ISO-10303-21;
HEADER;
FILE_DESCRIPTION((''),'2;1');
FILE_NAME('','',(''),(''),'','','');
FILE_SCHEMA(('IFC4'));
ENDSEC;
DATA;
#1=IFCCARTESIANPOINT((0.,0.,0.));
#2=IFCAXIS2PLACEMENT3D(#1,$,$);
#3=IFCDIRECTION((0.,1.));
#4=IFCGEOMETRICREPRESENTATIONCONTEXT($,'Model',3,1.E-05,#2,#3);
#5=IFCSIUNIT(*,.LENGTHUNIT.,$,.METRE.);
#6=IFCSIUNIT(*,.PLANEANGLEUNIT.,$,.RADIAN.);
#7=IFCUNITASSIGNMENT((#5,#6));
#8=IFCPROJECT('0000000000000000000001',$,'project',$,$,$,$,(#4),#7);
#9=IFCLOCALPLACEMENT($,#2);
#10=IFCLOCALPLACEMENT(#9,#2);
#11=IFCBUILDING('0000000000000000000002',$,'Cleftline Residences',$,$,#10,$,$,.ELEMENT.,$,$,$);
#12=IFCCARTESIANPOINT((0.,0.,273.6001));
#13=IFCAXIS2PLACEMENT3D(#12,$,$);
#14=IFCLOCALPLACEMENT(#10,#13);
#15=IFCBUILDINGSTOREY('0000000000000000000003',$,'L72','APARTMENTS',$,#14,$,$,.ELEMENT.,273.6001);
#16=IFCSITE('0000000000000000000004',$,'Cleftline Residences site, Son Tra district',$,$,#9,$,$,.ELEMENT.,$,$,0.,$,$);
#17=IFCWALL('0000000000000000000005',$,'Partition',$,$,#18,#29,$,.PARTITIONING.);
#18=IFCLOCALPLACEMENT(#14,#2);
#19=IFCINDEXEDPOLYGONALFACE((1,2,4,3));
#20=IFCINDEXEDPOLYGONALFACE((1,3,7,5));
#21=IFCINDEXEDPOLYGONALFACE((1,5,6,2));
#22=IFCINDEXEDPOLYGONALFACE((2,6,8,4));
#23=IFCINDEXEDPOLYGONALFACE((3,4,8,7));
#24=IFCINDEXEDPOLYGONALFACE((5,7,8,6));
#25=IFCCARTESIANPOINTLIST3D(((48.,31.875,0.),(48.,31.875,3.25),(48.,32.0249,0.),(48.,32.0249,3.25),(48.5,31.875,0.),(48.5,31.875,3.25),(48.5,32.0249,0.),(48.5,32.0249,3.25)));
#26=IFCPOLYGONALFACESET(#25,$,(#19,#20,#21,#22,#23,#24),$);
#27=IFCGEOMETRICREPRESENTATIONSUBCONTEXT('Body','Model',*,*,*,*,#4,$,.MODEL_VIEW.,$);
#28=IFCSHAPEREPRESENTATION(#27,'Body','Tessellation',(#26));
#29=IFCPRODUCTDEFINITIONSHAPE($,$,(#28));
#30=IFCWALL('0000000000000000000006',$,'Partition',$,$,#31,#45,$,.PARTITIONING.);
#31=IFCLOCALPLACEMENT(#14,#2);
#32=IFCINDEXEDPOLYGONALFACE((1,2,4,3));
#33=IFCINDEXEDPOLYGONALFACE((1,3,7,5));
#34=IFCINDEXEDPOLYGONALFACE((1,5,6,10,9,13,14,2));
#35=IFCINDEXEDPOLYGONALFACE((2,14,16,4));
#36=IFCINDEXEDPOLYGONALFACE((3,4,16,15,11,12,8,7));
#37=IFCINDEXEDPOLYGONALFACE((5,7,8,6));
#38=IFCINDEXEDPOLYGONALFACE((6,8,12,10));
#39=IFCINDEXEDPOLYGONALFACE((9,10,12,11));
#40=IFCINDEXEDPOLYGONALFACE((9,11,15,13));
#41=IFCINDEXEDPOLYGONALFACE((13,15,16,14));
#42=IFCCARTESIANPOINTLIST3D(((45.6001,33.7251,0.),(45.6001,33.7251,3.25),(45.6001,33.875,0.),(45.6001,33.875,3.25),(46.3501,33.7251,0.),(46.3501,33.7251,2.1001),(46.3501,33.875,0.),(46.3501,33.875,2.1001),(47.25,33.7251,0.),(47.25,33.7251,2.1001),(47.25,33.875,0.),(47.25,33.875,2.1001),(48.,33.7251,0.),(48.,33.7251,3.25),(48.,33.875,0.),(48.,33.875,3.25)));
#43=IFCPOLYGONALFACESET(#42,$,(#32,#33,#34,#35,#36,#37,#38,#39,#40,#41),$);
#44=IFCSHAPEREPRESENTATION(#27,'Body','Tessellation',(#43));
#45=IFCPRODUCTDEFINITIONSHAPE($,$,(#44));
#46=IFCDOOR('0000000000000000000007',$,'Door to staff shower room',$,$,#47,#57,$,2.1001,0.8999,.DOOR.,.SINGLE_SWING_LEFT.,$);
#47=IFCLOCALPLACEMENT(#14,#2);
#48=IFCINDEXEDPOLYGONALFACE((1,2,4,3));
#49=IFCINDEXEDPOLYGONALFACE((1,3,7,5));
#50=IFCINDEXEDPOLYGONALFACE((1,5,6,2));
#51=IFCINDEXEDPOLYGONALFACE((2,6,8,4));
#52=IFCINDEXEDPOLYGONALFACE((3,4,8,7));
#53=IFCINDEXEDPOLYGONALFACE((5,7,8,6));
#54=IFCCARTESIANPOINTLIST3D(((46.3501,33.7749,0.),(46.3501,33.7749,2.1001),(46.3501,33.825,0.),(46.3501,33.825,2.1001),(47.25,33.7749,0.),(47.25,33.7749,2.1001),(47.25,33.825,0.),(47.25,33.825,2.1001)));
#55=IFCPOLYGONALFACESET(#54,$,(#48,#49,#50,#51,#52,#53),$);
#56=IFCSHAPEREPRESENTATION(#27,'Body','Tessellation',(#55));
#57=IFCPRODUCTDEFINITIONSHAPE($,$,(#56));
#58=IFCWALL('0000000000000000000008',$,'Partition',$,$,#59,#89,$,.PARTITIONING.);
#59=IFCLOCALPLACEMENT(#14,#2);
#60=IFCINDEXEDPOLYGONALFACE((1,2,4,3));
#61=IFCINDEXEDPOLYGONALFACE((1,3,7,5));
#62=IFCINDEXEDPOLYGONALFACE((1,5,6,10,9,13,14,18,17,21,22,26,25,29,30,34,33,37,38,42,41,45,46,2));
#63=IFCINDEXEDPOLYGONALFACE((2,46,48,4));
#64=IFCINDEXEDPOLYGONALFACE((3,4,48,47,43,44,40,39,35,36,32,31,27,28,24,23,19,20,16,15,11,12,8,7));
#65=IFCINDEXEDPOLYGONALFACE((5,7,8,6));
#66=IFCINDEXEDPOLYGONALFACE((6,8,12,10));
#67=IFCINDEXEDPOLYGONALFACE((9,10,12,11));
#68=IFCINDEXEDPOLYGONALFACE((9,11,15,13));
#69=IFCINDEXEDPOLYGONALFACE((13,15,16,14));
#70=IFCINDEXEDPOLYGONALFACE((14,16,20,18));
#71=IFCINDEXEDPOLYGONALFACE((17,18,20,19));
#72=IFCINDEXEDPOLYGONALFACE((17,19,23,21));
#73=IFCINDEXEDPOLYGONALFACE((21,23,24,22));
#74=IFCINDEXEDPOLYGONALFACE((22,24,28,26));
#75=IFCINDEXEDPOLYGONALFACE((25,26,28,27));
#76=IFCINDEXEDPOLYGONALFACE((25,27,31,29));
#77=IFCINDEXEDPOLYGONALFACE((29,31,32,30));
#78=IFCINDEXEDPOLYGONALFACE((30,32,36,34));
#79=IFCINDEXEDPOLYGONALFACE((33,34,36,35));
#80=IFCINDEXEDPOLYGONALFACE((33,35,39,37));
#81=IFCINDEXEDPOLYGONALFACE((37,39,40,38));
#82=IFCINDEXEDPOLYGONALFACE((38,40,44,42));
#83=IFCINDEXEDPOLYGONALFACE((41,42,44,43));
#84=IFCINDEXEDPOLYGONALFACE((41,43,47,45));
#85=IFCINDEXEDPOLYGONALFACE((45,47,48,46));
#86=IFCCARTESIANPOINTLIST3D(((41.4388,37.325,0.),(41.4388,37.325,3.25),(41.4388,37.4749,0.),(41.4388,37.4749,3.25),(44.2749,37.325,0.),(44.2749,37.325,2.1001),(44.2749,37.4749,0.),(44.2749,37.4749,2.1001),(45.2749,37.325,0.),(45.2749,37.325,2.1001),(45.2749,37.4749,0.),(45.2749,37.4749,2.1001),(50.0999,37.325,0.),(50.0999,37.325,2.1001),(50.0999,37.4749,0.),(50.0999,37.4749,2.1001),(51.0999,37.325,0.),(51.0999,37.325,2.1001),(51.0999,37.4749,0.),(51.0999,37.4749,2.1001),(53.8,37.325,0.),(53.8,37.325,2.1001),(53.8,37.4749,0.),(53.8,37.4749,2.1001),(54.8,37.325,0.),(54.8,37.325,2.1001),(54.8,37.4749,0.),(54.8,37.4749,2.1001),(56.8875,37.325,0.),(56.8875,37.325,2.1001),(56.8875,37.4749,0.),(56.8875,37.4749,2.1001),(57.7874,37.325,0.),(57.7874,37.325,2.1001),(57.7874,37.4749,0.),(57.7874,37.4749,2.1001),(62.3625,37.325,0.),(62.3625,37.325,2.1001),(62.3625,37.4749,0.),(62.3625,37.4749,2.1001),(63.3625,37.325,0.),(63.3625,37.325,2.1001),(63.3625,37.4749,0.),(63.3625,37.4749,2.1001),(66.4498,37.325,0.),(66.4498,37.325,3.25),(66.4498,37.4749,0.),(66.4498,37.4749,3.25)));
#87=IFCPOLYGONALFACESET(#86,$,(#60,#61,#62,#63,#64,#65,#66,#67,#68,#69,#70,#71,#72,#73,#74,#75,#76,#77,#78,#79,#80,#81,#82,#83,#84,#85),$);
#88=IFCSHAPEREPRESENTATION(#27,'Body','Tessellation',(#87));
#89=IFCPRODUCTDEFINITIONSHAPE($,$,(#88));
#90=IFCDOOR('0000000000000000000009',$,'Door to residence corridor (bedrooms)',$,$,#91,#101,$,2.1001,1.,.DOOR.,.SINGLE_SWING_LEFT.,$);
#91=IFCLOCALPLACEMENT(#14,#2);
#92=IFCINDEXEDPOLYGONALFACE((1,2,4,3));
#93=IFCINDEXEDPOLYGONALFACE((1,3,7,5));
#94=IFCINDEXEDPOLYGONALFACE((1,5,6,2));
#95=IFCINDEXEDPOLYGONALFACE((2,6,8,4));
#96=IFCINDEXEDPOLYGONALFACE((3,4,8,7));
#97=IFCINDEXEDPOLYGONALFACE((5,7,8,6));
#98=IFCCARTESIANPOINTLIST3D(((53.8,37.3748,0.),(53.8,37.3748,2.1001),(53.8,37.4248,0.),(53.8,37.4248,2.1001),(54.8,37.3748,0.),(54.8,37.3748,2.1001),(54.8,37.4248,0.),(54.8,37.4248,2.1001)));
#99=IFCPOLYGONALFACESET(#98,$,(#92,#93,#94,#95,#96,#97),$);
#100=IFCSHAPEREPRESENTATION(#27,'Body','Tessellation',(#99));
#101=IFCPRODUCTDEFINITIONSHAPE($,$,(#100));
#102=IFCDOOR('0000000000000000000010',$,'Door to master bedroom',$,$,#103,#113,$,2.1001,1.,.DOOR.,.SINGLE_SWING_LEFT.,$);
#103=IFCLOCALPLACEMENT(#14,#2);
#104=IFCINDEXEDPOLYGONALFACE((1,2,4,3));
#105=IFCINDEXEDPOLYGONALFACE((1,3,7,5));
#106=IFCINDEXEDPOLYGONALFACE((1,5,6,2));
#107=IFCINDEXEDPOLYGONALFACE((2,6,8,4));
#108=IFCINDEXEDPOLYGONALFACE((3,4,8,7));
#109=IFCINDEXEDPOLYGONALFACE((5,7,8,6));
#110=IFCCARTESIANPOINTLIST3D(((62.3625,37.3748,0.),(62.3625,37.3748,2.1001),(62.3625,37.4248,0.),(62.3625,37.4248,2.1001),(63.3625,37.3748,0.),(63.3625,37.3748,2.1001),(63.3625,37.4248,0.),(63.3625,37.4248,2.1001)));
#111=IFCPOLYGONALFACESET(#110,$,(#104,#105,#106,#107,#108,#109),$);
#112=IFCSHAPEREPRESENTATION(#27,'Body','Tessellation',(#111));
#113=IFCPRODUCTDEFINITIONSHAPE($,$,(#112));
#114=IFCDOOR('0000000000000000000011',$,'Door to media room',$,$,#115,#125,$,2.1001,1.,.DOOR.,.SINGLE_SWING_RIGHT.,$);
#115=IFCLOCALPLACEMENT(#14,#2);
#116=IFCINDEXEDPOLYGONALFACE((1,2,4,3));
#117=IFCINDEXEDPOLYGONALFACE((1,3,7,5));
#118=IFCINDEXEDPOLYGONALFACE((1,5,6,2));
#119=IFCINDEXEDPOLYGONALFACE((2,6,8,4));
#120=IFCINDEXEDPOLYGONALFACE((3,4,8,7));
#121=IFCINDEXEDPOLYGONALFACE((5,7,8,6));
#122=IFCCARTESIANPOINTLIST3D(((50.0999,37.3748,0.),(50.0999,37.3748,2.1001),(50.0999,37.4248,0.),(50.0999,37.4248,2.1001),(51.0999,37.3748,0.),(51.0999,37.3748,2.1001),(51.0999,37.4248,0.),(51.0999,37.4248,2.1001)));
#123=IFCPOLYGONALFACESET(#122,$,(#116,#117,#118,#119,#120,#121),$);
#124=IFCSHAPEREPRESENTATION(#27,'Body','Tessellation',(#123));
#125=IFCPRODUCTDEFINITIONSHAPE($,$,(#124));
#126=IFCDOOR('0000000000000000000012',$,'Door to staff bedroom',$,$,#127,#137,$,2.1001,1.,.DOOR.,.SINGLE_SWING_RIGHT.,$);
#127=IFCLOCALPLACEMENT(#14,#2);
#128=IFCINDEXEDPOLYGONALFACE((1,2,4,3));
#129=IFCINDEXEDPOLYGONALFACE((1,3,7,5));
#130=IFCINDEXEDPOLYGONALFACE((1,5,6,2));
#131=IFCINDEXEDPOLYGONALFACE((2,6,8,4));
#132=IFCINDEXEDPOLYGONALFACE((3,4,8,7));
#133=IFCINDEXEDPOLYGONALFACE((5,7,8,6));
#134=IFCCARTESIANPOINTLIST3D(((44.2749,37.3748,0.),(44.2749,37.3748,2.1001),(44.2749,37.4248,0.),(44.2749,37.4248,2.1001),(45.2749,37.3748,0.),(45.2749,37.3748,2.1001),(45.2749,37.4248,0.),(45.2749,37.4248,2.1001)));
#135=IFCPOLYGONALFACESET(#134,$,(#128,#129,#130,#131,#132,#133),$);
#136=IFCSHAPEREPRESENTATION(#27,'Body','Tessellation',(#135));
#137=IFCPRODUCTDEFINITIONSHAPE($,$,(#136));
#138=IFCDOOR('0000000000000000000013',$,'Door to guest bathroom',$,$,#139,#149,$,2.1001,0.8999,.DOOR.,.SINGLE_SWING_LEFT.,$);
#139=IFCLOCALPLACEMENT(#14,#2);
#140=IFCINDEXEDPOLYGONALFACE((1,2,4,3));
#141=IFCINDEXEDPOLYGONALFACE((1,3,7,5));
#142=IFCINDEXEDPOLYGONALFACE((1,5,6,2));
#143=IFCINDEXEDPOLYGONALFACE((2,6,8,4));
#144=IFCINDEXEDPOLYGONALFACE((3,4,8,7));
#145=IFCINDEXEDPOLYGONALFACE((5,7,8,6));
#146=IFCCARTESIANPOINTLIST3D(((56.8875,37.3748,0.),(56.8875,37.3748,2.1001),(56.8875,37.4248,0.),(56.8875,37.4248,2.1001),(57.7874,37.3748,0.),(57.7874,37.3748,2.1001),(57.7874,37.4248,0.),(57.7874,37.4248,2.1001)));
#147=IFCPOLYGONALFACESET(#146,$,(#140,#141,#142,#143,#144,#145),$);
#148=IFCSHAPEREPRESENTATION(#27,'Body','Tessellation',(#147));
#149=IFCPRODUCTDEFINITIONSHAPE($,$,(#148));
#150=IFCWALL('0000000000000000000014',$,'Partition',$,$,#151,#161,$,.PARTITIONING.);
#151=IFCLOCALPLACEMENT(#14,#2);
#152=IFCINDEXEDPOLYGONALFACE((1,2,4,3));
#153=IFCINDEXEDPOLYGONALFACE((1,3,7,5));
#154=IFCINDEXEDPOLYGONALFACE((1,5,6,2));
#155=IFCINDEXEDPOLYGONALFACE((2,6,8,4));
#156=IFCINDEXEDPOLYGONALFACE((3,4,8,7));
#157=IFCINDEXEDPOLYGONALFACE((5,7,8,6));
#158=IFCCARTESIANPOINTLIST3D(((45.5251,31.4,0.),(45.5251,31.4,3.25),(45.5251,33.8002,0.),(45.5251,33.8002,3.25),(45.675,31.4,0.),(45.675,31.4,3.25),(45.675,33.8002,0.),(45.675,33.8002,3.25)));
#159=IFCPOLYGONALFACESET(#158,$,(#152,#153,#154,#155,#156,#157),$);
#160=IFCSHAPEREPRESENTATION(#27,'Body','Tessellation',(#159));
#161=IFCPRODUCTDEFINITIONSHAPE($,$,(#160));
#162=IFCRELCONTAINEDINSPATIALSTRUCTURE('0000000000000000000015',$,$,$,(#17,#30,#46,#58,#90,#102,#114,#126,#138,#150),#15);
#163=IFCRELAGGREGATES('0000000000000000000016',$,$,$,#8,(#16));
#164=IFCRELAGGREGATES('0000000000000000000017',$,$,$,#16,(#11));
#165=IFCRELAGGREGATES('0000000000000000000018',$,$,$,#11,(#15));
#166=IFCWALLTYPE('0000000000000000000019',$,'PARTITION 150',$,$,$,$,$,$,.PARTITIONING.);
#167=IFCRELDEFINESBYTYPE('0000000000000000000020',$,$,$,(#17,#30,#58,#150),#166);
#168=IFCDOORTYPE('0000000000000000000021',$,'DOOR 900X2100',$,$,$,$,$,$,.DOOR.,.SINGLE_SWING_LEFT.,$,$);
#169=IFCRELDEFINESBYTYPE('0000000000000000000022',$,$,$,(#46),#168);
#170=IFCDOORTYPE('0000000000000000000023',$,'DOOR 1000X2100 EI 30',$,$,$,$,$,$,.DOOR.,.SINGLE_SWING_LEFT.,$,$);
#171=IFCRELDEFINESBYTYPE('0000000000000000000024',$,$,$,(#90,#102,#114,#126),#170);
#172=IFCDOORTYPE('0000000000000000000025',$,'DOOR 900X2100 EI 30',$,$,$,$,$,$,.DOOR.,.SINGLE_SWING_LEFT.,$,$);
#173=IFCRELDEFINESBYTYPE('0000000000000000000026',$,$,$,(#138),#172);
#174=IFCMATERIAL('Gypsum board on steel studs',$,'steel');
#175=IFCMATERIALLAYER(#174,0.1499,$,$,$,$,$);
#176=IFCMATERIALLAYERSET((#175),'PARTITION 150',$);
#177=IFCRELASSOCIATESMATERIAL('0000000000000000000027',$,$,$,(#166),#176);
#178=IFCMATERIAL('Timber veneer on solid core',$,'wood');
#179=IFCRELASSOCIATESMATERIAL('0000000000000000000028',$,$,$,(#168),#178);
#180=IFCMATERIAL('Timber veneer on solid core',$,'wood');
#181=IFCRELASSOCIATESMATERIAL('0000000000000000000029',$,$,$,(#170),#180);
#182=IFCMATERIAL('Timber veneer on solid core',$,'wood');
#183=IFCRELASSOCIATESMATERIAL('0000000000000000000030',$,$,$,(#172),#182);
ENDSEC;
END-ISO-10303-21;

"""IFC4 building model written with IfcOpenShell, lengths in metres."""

from ifc_helpers import new_model, si_unit, direction, frame, frame_2d, origin, place, context, subcontext, project, spatial, rectangle, extrude, material, layer, layer_set, type_object, element, fill, save


model = new_model("IFC4")

# Units and contexts
model_context = context("Model", 3, precision=1e-05, world=origin(), true_north=direction((0.0, 1.0)))
body_context = subcontext(model_context, "Body", "Model", "MODEL_VIEW")
ifc_project = project(units=[si_unit("LENGTHUNIT", "METRE"), si_unit("PLANEANGLEUNIT", "RADIAN")], contexts=[model_context])

# Site, building, storey
site_placement = place(None, origin())
site = spatial("IfcSite", under=ifc_project, at=site_placement, Name="Cleftline Residences site, Son Tra district", CompositionType="ELEMENT", RefElevation=0.0)
building_placement = place(site_placement, origin())
building = spatial("IfcBuilding", under=site, at=building_placement, Name="Cleftline Residences", CompositionType="ELEMENT")
storey_placement = place(building_placement, frame((0.0, 0.0, 273.6001)))
storey = spatial("IfcBuildingStorey", under=building, at=storey_placement, Name="L72", Description="APARTMENTS", CompositionType="ELEMENT", Elevation=273.6001)

# Wall
ifc_material_1 = material(Name="Gypsum board on steel studs", Category="steel")
ifc_layer_1 = layer(ifc_material_1, 0.1499)
ifc_layer_set_1 = layer_set([ifc_layer_1], Name="PARTITION 150")
wall_type = type_object("IfcWallType", Name="PARTITION 150", PredefinedType="PARTITIONING", material=ifc_layer_set_1)
wall_1_placement = place(storey_placement, frame((48.0, 31.95, 0.0), z_axis=(0.0, 0.0, 1.0), x_axis=(1.0, 0.0, 0.0)))
element("IfcWall", 1, at=wall_1_placement, inside=storey, type_object=wall_type, Name="Partition", PredefinedType="PARTITIONING", context=body_context, shape_type="SweptSolid", body=[
    extrude(rectangle(XDim=0.5, YDim=0.1499, at=frame_2d((0.25, 0.0))), origin(), (0.0, 0.0, 1.0), 3.25),
])

# Wall, opening, door
wall_2_placement = place(storey_placement, frame((45.6001, 33.8, 0.0), z_axis=(0.0, 0.0, 1.0), x_axis=(1.0, 0.0, 0.0)))
wall_2 = element("IfcWall", 2, at=wall_2_placement, inside=storey, type_object=wall_type, Name="Partition", PredefinedType="PARTITIONING", context=body_context, shape_type="SweptSolid", body=[
    extrude(rectangle(XDim=2.3999, YDim=0.1499, at=frame_2d((1.2, 0.0))), origin(), (0.0, 0.0, 1.0), 3.25),
])
opening_1_placement = place(wall_2_placement, frame((0.75, 0.0, 0.0)))
opening_1 = element("IfcOpeningElement", 3, at=opening_1_placement, cuts=wall_2, PredefinedType="OPENING", context=body_context, shape_type="SweptSolid", body=[
    extrude(rectangle(XDim=0.8999, YDim=2.1001, at=frame_2d((0.45, 1.05))), frame((0.0, 0.085, 0.0), z_axis=(0.0, -1.0, 0.0), x_axis=(1.0, 0.0, 0.0)), (0.0, 0.0, 1.0), 0.1699),
])
ifc_material_2 = material(Name="Timber veneer on solid core", Category="wood")
door_type_1 = type_object("IfcDoorType", Name="DOOR 900X2100", OperationType="SINGLE_SWING_LEFT", PredefinedType="DOOR", material=ifc_material_2)
door_1_placement = place(opening_1_placement, origin())
door_1 = element("IfcDoor", 4, at=door_1_placement, inside=storey, type_object=door_type_1, Name="Door to staff shower room", OperationType="SINGLE_SWING_LEFT", OverallHeight=2.1001, OverallWidth=0.8999, PredefinedType="DOOR", context=body_context, shape_type="SweptSolid", body=[
    extrude(rectangle(XDim=0.8999, YDim=2.1001, at=frame_2d((0.45, 1.05))), frame((0.0, 0.0249, 0.0), z_axis=(0.0, -1.0, 0.0), x_axis=(1.0, 0.0, 0.0)), (0.0, 0.0, 1.0), 0.05),
])
fill(opening_1, door_1)

# Wall, openings, doors
wall_3_placement = place(storey_placement, frame((41.439, 37.3999, 0.0), z_axis=(0.0, 0.0, 1.0), x_axis=(1.0, 0.0, 0.0)))
wall_3 = element("IfcWall", 5, at=wall_3_placement, inside=storey, type_object=wall_type, Name="Partition", PredefinedType="PARTITIONING", context=body_context, shape_type="SweptSolid", body=[
    extrude(rectangle(XDim=25.011, YDim=0.1499, at=frame_2d((12.5054, 0.0))), origin(), (0.0, 0.0, 1.0), 3.25),
])
opening_2_placement = place(wall_3_placement, frame((12.3611, 0.0, 0.0)))
opening_2 = element("IfcOpeningElement", 6, at=opening_2_placement, cuts=wall_3, PredefinedType="OPENING", context=body_context, shape_type="SweptSolid", body=[
    extrude(rectangle(XDim=1.0, YDim=2.1001, at=frame_2d((0.5, 1.05))), frame((0.0, 0.085, 0.0), z_axis=(0.0, -1.0, 0.0), x_axis=(1.0, 0.0, 0.0)), (0.0, 0.0, 1.0), 0.1699),
])
opening_3_placement = place(wall_3_placement, frame((20.9236, 0.0, 0.0)))
opening_3 = element("IfcOpeningElement", 7, at=opening_3_placement, cuts=wall_3, PredefinedType="OPENING", context=body_context, shape_type="SweptSolid", body=[
    extrude(rectangle(XDim=1.0, YDim=2.1001, at=frame_2d((0.5, 1.05))), frame((0.0, 0.085, 0.0), z_axis=(0.0, -1.0, 0.0), x_axis=(1.0, 0.0, 0.0)), (0.0, 0.0, 1.0), 0.1699),
])
opening_4_placement = place(wall_3_placement, frame((15.4485, 0.0, 0.0)))
opening_4 = element("IfcOpeningElement", 8, at=opening_4_placement, cuts=wall_3, PredefinedType="OPENING", context=body_context, shape_type="SweptSolid", body=[
    extrude(rectangle(XDim=0.8999, YDim=2.1001, at=frame_2d((0.45, 1.05))), frame((0.0, 0.085, 0.0), z_axis=(0.0, -1.0, 0.0), x_axis=(1.0, 0.0, 0.0)), (0.0, 0.0, 1.0), 0.1699),
])
opening_5_placement = place(wall_3_placement, frame((8.6609, 0.0, 0.0)))
opening_5 = element("IfcOpeningElement", 9, at=opening_5_placement, cuts=wall_3, PredefinedType="OPENING", context=body_context, shape_type="SweptSolid", body=[
    extrude(rectangle(XDim=1.0, YDim=2.1001, at=frame_2d((0.5, 1.05))), frame((0.0, 0.085, 0.0), z_axis=(0.0, -1.0, 0.0), x_axis=(1.0, 0.0, 0.0)), (0.0, 0.0, 1.0), 0.1699),
])
opening_6_placement = place(wall_3_placement, frame((2.8359, 0.0, 0.0)))
opening_6 = element("IfcOpeningElement", 10, at=opening_6_placement, cuts=wall_3, PredefinedType="OPENING", context=body_context, shape_type="SweptSolid", body=[
    extrude(rectangle(XDim=1.0, YDim=2.1001, at=frame_2d((0.5, 1.05))), frame((0.0, 0.085, 0.0), z_axis=(0.0, -1.0, 0.0), x_axis=(1.0, 0.0, 0.0)), (0.0, 0.0, 1.0), 0.1699),
])
ifc_material_3 = material(Name="Timber veneer on solid core", Category="wood")
door_type_2 = type_object("IfcDoorType", Name="DOOR 1000X2100 EI 30", OperationType="SINGLE_SWING_LEFT", PredefinedType="DOOR", material=ifc_material_3)
door_2_placement = place(opening_2_placement, origin())
door_2 = element("IfcDoor", 11, at=door_2_placement, inside=storey, type_object=door_type_2, Name="Door to residence corridor (bedrooms)", OperationType="SINGLE_SWING_LEFT", OverallHeight=2.1001, OverallWidth=1.0, PredefinedType="DOOR", context=body_context, shape_type="SweptSolid", body=[
    extrude(rectangle(XDim=1.0, YDim=2.1001, at=frame_2d((0.5, 1.05))), frame((0.0, 0.0249, 0.0), z_axis=(0.0, -1.0, 0.0), x_axis=(1.0, 0.0, 0.0)), (0.0, 0.0, 1.0), 0.05),
])
fill(opening_2, door_2)
door_3_placement = place(opening_3_placement, origin())
door_3 = element("IfcDoor", 12, at=door_3_placement, inside=storey, type_object=door_type_2, Name="Door to master bedroom", OperationType="SINGLE_SWING_LEFT", OverallHeight=2.1001, OverallWidth=1.0, PredefinedType="DOOR", context=body_context, shape_type="SweptSolid", body=[
    extrude(rectangle(XDim=1.0, YDim=2.1001, at=frame_2d((0.5, 1.05))), frame((0.0, 0.0249, 0.0), z_axis=(0.0, -1.0, 0.0), x_axis=(1.0, 0.0, 0.0)), (0.0, 0.0, 1.0), 0.05),
])
fill(opening_3, door_3)
door_4_placement = place(opening_5_placement, origin())
door_4 = element("IfcDoor", 13, at=door_4_placement, inside=storey, type_object=door_type_2, Name="Door to media room", OperationType="SINGLE_SWING_RIGHT", OverallHeight=2.1001, OverallWidth=1.0, PredefinedType="DOOR", context=body_context, shape_type="SweptSolid", body=[
    extrude(rectangle(XDim=1.0, YDim=2.1001, at=frame_2d((0.5, 1.05))), frame((0.0, 0.0249, 0.0), z_axis=(0.0, -1.0, 0.0), x_axis=(1.0, 0.0, 0.0)), (0.0, 0.0, 1.0), 0.05),
])
fill(opening_5, door_4)
door_5_placement = place(opening_6_placement, origin())
door_5 = element("IfcDoor", 14, at=door_5_placement, inside=storey, type_object=door_type_2, Name="Door to staff bedroom", OperationType="SINGLE_SWING_RIGHT", OverallHeight=2.1001, OverallWidth=1.0, PredefinedType="DOOR", context=body_context, shape_type="SweptSolid", body=[
    extrude(rectangle(XDim=1.0, YDim=2.1001, at=frame_2d((0.5, 1.05))), frame((0.0, 0.0249, 0.0), z_axis=(0.0, -1.0, 0.0), x_axis=(1.0, 0.0, 0.0)), (0.0, 0.0, 1.0), 0.05),
])
fill(opening_6, door_5)
ifc_material_4 = material(Name="Timber veneer on solid core", Category="wood")
door_type_3 = type_object("IfcDoorType", Name="DOOR 900X2100 EI 30", OperationType="SINGLE_SWING_LEFT", PredefinedType="DOOR", material=ifc_material_4)
door_6_placement = place(opening_4_placement, origin())
door_6 = element("IfcDoor", 15, at=door_6_placement, inside=storey, type_object=door_type_3, Name="Door to guest bathroom", OperationType="SINGLE_SWING_LEFT", OverallHeight=2.1001, OverallWidth=0.8999, PredefinedType="DOOR", context=body_context, shape_type="SweptSolid", body=[
    extrude(rectangle(XDim=0.8999, YDim=2.1001, at=frame_2d((0.45, 1.05))), frame((0.0, 0.0249, 0.0), z_axis=(0.0, -1.0, 0.0), x_axis=(1.0, 0.0, 0.0)), (0.0, 0.0, 1.0), 0.05),
])
fill(opening_4, door_6)

# Wall
wall_4_placement = place(storey_placement, frame((45.6001, 31.3999, 0.0), z_axis=(0.0, 0.0, 1.0), x_axis=(0.0, 1.0, 0.0)))
element("IfcWall", 16, at=wall_4_placement, inside=storey, type_object=wall_type, Name="Partition", PredefinedType="PARTITIONING", context=body_context, shape_type="SweptSolid", body=[
    extrude(rectangle(XDim=2.4001, YDim=0.1499, at=frame_2d((1.2002, 0.0))), origin(), (0.0, 0.0, 1.0), 3.25),
])

save(model, "model.ifc")
